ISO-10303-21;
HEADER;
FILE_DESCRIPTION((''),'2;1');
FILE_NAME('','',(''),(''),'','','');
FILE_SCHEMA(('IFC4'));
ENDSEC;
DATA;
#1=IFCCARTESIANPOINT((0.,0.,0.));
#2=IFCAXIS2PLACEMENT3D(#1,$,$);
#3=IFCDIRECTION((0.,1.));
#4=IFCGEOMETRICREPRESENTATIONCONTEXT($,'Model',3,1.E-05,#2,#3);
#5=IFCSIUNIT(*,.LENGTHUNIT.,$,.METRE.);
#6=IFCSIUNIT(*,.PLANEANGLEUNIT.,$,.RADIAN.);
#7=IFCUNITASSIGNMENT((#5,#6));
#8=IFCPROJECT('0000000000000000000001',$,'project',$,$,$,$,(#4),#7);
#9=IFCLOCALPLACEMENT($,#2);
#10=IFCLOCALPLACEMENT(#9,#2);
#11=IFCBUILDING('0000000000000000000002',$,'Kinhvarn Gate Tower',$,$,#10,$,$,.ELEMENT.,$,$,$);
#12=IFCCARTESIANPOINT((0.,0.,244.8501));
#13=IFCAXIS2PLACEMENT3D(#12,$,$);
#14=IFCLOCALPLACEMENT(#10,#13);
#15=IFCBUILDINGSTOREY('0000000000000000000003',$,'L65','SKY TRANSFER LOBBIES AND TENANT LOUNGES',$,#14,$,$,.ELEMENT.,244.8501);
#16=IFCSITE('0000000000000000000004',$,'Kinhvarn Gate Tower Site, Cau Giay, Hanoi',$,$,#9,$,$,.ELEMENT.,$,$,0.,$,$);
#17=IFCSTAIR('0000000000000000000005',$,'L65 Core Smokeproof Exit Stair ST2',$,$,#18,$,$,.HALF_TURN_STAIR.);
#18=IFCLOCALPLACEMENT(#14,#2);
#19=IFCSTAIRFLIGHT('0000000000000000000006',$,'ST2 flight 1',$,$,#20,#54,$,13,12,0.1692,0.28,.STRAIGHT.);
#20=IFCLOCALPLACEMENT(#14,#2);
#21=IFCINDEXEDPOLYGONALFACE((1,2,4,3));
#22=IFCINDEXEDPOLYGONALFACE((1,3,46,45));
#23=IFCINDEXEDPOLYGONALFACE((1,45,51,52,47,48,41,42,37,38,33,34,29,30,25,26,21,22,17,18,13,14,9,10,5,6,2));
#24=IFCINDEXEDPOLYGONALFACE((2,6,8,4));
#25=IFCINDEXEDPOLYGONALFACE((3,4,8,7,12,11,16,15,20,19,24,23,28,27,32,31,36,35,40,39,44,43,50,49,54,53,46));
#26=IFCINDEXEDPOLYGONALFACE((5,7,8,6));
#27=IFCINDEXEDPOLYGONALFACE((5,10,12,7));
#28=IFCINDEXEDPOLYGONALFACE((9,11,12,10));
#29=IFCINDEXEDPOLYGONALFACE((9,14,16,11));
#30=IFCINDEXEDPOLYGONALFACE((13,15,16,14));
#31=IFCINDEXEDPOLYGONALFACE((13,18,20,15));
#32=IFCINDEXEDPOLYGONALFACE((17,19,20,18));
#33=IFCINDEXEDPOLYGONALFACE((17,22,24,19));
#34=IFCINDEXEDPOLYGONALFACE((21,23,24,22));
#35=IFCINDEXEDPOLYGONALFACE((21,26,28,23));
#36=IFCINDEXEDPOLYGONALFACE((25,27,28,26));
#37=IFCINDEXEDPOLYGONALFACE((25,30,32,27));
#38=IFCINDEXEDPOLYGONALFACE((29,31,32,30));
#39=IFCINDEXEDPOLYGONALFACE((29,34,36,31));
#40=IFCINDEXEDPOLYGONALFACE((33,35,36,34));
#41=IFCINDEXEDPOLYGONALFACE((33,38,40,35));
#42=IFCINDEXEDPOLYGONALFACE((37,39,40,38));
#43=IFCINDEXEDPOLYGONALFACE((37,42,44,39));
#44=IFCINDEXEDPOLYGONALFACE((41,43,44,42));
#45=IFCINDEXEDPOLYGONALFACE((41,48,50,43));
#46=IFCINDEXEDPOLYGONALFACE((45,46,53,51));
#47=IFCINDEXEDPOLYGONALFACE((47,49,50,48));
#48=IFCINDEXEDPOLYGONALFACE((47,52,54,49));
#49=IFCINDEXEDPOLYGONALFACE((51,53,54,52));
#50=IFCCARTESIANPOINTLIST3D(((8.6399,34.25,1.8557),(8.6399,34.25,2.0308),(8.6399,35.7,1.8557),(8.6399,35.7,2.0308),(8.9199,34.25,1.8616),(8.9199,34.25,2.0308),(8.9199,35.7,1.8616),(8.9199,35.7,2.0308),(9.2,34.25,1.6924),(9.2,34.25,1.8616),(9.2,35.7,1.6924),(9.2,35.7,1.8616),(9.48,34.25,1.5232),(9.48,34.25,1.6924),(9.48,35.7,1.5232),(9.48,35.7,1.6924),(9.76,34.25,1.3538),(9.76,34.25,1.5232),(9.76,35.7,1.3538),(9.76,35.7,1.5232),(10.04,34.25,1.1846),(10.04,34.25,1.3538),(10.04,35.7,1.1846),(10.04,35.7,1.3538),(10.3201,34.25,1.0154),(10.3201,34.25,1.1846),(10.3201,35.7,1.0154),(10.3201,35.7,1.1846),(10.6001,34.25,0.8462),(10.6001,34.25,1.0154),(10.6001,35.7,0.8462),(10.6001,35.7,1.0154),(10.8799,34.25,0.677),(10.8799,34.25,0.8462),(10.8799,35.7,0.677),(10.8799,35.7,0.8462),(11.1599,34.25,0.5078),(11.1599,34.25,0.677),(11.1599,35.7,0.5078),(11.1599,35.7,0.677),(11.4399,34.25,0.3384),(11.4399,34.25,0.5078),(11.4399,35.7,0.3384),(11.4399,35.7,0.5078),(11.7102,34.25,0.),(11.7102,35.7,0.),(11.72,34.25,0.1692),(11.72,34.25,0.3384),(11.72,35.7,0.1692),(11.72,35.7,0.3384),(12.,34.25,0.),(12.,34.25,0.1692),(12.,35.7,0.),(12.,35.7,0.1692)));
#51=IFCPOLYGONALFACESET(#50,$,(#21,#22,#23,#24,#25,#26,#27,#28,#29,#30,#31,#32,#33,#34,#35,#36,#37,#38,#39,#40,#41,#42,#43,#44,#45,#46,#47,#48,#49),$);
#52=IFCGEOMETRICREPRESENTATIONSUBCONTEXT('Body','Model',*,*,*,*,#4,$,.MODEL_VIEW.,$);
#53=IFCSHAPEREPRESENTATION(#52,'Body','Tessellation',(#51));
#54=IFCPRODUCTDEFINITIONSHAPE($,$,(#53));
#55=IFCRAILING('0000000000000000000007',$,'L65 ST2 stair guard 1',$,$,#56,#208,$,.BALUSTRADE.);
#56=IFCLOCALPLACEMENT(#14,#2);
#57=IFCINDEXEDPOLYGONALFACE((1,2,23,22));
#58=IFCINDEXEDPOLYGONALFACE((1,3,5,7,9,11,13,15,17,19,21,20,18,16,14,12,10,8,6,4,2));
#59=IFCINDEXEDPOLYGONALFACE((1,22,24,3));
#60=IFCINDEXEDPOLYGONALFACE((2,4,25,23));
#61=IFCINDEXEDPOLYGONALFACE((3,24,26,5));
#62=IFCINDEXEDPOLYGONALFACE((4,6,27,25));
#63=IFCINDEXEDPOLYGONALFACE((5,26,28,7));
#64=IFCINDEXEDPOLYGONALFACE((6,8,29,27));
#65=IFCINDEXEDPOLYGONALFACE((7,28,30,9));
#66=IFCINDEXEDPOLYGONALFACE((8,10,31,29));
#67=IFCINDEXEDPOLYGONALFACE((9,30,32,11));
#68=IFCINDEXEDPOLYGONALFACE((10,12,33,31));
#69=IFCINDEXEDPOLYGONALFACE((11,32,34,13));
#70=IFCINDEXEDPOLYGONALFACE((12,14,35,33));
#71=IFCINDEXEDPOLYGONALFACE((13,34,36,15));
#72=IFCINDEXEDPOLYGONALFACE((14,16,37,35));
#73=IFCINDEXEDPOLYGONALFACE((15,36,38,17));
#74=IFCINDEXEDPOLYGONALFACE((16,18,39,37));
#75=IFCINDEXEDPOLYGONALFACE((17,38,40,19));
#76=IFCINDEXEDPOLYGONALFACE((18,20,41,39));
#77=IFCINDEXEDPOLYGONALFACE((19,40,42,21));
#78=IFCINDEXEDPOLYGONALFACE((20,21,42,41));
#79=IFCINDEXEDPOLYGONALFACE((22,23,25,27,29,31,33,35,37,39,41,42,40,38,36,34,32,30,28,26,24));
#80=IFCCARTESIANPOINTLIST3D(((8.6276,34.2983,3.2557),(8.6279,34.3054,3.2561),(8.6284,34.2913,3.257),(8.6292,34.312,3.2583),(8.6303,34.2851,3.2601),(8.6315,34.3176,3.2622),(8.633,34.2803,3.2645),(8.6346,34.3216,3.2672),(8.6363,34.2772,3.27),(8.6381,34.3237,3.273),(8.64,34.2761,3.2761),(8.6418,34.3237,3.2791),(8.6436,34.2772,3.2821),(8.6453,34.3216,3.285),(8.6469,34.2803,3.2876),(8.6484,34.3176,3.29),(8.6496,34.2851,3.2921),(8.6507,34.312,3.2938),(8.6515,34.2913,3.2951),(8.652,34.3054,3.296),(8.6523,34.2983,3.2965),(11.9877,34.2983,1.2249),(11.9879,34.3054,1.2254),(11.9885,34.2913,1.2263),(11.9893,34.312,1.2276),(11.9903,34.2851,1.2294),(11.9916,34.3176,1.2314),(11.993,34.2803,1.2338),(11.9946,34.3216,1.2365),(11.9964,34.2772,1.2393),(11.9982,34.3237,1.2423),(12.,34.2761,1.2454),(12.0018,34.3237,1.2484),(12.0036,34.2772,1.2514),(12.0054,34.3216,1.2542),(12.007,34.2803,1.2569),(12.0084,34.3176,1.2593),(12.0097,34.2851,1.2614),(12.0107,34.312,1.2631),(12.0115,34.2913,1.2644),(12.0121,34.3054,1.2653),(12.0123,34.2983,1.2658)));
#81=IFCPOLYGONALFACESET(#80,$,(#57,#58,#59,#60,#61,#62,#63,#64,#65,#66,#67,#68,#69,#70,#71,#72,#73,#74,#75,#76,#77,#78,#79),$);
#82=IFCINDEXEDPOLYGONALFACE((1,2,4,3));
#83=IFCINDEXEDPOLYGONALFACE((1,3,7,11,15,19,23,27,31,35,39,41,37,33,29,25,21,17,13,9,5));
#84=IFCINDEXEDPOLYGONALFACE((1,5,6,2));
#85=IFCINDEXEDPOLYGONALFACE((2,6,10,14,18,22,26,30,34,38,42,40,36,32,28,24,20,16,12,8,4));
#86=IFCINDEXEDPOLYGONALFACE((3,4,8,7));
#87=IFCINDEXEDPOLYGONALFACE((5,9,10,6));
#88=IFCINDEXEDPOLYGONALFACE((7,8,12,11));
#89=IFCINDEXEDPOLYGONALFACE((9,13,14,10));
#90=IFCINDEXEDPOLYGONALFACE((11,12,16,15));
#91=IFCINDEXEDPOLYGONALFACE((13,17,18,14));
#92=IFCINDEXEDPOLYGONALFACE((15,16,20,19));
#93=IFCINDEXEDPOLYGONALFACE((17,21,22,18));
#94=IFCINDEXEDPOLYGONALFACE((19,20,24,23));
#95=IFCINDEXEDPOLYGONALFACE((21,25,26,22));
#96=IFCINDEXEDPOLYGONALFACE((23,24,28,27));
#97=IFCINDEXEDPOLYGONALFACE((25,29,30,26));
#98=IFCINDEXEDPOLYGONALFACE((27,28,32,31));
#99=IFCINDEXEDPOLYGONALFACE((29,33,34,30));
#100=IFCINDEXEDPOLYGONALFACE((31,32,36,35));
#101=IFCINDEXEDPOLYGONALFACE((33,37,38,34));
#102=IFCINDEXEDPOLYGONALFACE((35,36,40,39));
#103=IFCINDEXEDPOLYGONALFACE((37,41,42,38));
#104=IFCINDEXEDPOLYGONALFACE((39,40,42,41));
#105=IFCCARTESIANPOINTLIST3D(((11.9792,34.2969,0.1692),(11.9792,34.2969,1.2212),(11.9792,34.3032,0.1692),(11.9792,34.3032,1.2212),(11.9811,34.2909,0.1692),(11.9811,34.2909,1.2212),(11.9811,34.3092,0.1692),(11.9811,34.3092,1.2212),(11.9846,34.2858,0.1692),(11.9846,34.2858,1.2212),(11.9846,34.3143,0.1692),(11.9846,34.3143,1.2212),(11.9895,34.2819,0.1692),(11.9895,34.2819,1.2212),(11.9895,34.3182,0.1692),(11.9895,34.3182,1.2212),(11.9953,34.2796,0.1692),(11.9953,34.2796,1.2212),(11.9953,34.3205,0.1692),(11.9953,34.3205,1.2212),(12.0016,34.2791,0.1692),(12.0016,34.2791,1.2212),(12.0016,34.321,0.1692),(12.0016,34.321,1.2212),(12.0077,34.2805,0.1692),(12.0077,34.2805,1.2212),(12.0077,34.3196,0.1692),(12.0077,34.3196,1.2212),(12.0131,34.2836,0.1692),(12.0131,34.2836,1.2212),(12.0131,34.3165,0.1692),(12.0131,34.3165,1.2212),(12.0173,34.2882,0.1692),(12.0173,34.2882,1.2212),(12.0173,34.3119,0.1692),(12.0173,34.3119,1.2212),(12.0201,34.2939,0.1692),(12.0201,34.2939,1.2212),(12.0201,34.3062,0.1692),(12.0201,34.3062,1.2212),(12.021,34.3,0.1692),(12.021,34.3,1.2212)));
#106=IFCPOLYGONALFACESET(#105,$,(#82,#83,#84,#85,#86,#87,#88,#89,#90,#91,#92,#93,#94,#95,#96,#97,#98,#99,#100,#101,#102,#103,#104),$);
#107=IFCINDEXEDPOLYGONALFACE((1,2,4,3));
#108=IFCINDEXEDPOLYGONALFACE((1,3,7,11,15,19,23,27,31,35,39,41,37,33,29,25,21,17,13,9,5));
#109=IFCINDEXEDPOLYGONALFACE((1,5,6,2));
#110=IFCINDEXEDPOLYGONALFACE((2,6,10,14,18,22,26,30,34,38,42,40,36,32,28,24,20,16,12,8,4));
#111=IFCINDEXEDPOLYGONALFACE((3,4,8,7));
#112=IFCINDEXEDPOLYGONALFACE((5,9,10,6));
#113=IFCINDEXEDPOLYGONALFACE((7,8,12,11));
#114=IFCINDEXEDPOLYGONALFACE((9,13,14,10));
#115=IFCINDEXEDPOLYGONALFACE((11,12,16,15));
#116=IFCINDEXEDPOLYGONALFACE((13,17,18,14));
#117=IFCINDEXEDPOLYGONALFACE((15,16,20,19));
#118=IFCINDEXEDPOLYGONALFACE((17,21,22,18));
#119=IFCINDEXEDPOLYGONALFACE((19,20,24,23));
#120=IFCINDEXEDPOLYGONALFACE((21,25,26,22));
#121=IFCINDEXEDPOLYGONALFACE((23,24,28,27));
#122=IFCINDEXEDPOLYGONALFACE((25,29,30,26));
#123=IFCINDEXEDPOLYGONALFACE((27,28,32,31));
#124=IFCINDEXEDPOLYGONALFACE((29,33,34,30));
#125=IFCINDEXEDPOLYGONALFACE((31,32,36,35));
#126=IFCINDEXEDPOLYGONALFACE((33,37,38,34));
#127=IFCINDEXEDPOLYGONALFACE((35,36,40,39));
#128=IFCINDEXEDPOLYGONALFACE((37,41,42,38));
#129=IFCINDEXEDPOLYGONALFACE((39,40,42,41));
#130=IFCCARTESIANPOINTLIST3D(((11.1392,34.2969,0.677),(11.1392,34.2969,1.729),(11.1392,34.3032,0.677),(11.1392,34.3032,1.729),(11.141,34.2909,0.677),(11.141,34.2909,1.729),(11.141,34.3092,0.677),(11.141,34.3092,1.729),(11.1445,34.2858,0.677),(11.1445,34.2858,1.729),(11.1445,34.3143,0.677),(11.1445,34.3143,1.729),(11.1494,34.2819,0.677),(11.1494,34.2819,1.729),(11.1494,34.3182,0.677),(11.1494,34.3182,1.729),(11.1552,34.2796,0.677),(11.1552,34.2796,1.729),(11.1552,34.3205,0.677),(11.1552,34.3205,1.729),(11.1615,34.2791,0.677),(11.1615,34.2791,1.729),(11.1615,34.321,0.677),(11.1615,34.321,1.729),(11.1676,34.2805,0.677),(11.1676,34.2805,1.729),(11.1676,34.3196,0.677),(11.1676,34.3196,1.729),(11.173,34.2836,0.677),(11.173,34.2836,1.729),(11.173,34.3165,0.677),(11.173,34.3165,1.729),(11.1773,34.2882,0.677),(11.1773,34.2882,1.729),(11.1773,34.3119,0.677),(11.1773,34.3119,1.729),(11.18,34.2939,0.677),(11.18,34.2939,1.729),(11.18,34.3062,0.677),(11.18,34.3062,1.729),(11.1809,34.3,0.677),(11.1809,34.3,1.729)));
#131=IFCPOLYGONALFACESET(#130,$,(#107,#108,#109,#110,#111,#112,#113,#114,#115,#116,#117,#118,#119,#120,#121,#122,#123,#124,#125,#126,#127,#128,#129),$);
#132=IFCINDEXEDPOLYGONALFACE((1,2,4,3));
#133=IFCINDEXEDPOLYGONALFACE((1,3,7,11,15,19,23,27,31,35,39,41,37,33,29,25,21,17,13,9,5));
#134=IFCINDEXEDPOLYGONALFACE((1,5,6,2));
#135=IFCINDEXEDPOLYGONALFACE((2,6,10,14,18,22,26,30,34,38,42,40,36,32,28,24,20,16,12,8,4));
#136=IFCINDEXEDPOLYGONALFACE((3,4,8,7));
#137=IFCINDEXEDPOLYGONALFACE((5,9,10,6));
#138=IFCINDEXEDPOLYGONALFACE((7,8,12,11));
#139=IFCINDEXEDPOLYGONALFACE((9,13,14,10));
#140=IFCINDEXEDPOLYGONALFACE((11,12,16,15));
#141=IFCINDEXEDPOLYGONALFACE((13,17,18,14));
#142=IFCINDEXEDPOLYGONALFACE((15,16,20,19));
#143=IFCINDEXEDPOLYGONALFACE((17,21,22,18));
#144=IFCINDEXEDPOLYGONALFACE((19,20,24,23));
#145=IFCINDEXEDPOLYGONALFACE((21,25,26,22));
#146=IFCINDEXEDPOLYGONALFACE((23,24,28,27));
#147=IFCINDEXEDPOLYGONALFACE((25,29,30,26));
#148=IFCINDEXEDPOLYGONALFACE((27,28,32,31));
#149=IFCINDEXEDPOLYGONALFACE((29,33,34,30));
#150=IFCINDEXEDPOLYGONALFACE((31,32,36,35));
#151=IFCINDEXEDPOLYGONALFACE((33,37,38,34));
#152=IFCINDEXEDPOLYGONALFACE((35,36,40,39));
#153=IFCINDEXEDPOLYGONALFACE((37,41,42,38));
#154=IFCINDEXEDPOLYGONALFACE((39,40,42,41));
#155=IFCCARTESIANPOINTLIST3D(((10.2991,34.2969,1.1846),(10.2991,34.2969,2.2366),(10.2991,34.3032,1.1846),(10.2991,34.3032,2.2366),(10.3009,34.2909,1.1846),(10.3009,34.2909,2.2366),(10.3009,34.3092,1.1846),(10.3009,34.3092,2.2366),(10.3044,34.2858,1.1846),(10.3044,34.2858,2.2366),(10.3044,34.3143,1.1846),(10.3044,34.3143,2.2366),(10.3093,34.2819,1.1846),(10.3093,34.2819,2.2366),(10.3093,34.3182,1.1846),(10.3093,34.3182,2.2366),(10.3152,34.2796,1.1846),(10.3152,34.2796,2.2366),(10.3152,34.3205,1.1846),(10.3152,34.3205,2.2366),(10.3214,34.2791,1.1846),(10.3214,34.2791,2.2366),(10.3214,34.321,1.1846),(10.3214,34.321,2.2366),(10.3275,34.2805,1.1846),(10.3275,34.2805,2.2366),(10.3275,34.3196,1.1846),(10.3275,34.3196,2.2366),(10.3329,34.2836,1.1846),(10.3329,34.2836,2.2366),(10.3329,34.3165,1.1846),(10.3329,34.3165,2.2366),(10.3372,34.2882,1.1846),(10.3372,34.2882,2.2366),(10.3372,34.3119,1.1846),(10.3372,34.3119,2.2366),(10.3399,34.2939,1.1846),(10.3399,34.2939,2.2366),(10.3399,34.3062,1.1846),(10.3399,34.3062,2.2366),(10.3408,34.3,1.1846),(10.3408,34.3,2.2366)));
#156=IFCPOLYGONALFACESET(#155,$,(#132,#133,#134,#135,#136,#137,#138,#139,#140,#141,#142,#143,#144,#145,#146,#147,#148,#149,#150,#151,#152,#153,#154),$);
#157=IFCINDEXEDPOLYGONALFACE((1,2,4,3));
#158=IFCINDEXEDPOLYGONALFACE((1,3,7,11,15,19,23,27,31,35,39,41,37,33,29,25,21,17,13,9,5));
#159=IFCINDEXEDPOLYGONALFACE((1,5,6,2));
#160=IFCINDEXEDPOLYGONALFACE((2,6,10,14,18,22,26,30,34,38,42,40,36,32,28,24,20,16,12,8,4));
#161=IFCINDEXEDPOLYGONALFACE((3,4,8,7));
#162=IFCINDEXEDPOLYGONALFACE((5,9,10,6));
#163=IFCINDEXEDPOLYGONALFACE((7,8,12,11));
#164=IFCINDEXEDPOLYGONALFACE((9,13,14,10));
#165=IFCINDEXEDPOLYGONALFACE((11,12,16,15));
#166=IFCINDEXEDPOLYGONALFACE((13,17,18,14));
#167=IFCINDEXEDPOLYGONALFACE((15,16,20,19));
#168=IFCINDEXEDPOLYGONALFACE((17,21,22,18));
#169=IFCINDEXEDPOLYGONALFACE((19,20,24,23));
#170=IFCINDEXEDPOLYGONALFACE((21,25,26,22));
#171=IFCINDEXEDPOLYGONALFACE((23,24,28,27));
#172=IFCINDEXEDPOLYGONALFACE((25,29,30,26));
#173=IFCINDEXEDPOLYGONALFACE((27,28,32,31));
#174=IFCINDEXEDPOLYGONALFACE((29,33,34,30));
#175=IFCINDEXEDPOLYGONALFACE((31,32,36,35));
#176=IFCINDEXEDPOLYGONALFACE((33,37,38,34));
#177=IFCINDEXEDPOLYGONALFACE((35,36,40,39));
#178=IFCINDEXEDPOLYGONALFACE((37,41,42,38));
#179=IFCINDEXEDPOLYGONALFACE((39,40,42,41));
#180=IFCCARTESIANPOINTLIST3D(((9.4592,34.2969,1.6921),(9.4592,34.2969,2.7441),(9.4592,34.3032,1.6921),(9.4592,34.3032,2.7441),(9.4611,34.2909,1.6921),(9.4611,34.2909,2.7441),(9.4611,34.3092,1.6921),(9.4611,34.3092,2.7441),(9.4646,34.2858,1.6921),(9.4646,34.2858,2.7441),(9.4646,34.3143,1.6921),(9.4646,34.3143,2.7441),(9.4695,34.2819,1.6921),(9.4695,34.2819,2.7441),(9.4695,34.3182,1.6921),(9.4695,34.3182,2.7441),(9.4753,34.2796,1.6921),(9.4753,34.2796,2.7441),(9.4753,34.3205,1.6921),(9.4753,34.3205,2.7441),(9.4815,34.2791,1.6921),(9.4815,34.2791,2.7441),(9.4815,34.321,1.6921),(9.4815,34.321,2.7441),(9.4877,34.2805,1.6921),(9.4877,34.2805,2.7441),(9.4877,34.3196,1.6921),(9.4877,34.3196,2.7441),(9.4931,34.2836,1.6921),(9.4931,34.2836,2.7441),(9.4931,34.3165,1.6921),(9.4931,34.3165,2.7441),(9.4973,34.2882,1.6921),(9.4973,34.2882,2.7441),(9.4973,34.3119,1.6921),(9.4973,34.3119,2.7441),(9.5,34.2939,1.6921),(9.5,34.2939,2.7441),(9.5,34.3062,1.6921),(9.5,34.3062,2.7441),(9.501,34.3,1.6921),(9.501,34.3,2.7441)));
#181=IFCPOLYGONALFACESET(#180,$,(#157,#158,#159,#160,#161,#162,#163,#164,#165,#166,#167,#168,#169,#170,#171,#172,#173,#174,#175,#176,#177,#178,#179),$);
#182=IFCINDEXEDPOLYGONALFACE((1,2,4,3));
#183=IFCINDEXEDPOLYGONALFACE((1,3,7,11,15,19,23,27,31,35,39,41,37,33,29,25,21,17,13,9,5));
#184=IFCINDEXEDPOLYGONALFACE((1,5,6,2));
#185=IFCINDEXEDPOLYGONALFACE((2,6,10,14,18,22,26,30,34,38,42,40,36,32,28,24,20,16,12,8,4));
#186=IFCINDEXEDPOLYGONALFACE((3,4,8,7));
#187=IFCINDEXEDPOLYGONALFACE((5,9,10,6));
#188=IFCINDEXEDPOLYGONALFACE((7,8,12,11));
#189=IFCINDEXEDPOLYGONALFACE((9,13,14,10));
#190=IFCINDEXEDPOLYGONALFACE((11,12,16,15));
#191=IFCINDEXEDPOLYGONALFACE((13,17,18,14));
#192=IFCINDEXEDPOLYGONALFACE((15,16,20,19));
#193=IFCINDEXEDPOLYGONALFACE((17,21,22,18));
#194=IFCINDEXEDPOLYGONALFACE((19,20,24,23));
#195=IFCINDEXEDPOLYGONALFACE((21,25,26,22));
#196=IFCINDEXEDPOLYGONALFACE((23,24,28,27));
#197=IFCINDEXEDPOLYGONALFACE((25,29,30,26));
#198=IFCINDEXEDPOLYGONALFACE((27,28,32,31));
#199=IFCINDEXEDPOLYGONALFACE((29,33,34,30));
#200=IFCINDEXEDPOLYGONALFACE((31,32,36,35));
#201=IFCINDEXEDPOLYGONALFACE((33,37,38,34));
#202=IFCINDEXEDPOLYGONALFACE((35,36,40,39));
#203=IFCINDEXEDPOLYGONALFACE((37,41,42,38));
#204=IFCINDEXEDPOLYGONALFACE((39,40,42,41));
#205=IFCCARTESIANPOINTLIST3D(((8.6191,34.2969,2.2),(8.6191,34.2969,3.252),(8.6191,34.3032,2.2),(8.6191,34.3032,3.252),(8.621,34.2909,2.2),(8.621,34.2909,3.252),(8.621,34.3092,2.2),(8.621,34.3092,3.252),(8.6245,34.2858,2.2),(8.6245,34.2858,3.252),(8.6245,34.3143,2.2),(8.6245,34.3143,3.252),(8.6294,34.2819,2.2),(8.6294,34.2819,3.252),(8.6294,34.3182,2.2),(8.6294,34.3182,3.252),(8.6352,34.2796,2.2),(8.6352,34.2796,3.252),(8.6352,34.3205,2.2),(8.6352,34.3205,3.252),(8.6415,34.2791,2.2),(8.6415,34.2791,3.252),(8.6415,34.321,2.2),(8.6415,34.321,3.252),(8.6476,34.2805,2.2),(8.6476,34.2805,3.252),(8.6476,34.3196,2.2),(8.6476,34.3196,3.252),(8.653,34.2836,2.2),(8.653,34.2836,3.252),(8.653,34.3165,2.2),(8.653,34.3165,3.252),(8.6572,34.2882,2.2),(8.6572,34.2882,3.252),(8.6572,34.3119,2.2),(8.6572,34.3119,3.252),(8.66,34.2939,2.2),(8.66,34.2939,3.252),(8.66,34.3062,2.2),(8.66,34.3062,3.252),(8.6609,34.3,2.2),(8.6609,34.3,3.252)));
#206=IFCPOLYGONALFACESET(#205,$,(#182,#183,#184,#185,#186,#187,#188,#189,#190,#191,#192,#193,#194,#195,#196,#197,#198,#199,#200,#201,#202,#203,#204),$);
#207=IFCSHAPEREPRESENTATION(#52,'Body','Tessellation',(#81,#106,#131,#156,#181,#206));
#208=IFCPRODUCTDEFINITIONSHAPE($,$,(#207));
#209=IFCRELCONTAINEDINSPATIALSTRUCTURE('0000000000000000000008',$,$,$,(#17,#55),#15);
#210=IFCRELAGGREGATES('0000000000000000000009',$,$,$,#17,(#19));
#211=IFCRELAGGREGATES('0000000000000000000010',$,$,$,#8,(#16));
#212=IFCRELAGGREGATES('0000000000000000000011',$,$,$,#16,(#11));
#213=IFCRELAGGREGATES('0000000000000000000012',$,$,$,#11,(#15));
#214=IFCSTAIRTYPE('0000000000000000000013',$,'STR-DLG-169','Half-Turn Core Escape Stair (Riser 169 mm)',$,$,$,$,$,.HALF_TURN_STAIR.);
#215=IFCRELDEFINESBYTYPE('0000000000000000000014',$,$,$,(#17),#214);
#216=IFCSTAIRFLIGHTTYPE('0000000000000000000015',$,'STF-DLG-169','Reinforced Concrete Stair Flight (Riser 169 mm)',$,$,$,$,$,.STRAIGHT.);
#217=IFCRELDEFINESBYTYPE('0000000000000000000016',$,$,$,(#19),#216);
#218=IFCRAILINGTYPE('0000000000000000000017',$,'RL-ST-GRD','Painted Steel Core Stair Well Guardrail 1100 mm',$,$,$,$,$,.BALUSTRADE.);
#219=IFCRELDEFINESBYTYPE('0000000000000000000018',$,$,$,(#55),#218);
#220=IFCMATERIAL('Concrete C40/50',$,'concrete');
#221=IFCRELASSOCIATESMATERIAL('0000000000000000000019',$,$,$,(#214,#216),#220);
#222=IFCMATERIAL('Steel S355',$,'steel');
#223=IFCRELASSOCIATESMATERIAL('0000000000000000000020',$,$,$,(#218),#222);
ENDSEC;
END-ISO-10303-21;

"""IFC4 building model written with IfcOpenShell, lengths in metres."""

from ifc_helpers import new_model, si_unit, direction, frame, origin, origin_2d, place, context, subcontext, project, spatial, polyline, circle, outline, extrude, material, type_object, element, aggregate, save


model = new_model("IFC4")

# Units and contexts
model_context = context("Model", 3, precision=1e-05, world=origin(), true_north=direction((0.0, 1.0)))
body_context = subcontext(model_context, "Body", "Model", "MODEL_VIEW")
ifc_project = project(units=[si_unit("LENGTHUNIT", "METRE"), si_unit("PLANEANGLEUNIT", "RADIAN")], contexts=[model_context])

# Site, building, storey
site_placement = place(None, origin())
site = spatial("IfcSite", under=ifc_project, at=site_placement, Name="Kinhvarn Gate Tower Site, Cau Giay, Hanoi", CompositionType="ELEMENT", RefElevation=0.0)
building_placement = place(site_placement, origin())
building = spatial("IfcBuilding", under=site, at=building_placement, Name="Kinhvarn Gate Tower", CompositionType="ELEMENT")
storey_placement = place(building_placement, frame((0.0, 0.0, 244.8501)))
storey = spatial("IfcBuildingStorey", under=building, at=storey_placement, Name="L65", Description="SKY TRANSFER LOBBIES AND TENANT LOUNGES", CompositionType="ELEMENT", Elevation=244.8501)

# Shared definitions
ifc_material_1 = material(Name="Steel S355", Category="steel")

# Stair, stair flight
ifc_material_2 = material(Name="Concrete C40/50", Category="concrete")
stair_type = type_object("IfcStairType", Name="STR-DLG-169", Description="Half-Turn Core Escape Stair (Riser 169 mm)", PredefinedType="HALF_TURN_STAIR", material=ifc_material_2)
stair_placement = place(storey_placement, origin())
stair = element("IfcStair", 1, at=stair_placement, inside=storey, type_object=stair_type, Name="L65 Core Smokeproof Exit Stair ST2", PredefinedType="HALF_TURN_STAIR")
stair_flight_type = type_object("IfcStairFlightType", Name="STF-DLG-169", Description="Reinforced Concrete Stair Flight (Riser 169 mm)", PredefinedType="STRAIGHT", material=ifc_material_2)
stair_flight_placement = place(storey_placement, frame((12.0, 34.9751, 0.0), z_axis=(0.0, 0.0, 1.0), x_axis=(-1.0, 0.0, 0.0)))
stair_flight = element("IfcStairFlight", 2, at=stair_flight_placement, type_object=stair_flight_type, Name="ST2 flight 1", NumberOfRisers=13, NumberOfTreads=12, PredefinedType="STRAIGHT", RiserHeight=0.1692, TreadLength=0.28, context=body_context, shape_type="SweptSolid", body=[
    extrude(outline(polyline([(0.0, 0.0), (0.0, 0.1692), (0.28, 0.1692), (0.28, 0.3384), (0.5601, 0.3384), (0.5601, 0.5078), (0.8401, 0.5078), (0.8401, 0.677), (1.1201, 0.677), (1.1201, 0.8462), (1.3999, 0.8462), (1.3999, 1.0154), (1.6799, 1.0154), (1.6799, 1.1846), (1.96, 1.1846), (1.96, 1.3538), (2.24, 1.3538), (2.24, 1.5232), (2.52, 1.5232), (2.52, 1.6924), (2.8, 1.6924), (2.8, 1.8616), (3.0801, 1.8616), (3.0801, 2.0308), (3.3601, 2.0308), (3.3601, 2.2), (3.3601, 1.8557), (0.2898, 0.0), (0.0, 0.0)])), frame((0.0, 0.7251, 0.0), z_axis=(0.0, -1.0, 0.0), x_axis=(1.0, 0.0, 0.0)), (0.0, 0.0, 1.0), 1.45),
])
aggregate(stair, [stair_flight])

# Railing
railing_type_1 = type_object("IfcRailingType", Name="RL-ST-GRD", Description="Painted Steel Core Stair Well Guardrail 1100 mm", PredefinedType="BALUSTRADE", material=ifc_material_1)
railing_1_placement = place(storey_placement, frame((12.0, 34.3, 0.1692)))
element("IfcRailing", 3, at=railing_1_placement, inside=storey, type_object=railing_type_1, Name="L65 ST2 stair guard 1", PredefinedType="BALUSTRADE", context=body_context, shape_type="SweptSolid", body=[
    extrude(circle(Radius=0.0239, at=origin_2d()), frame((0.0, 0.0, 1.0762), z_axis=(-0.855837, 0.0, 0.517246), x_axis=(0.0, -1.0, 0.0)), (0.0, 0.0, 1.0), 3.926),
    extrude(circle(Radius=0.021, at=origin_2d()), origin(), (0.0, 0.0, 1.0), 1.052),
    extrude(circle(Radius=0.021, at=origin_2d()), frame((-0.8401, 0.0, 0.5078)), (0.0, 0.0, 1.0), 1.052),
    extrude(circle(Radius=0.021, at=origin_2d()), frame((-1.6802, 0.0, 1.0154)), (0.0, 0.0, 1.0), 1.052),
    extrude(circle(Radius=0.021, at=origin_2d()), frame((-2.52, 0.0, 1.5229)), (0.0, 0.0, 1.0), 1.052),
    extrude(circle(Radius=0.021, at=origin_2d()), frame((-3.3601, 0.0, 2.0308)), (0.0, 0.0, 1.0), 1.052),
])

save(model, "model.ifc")
